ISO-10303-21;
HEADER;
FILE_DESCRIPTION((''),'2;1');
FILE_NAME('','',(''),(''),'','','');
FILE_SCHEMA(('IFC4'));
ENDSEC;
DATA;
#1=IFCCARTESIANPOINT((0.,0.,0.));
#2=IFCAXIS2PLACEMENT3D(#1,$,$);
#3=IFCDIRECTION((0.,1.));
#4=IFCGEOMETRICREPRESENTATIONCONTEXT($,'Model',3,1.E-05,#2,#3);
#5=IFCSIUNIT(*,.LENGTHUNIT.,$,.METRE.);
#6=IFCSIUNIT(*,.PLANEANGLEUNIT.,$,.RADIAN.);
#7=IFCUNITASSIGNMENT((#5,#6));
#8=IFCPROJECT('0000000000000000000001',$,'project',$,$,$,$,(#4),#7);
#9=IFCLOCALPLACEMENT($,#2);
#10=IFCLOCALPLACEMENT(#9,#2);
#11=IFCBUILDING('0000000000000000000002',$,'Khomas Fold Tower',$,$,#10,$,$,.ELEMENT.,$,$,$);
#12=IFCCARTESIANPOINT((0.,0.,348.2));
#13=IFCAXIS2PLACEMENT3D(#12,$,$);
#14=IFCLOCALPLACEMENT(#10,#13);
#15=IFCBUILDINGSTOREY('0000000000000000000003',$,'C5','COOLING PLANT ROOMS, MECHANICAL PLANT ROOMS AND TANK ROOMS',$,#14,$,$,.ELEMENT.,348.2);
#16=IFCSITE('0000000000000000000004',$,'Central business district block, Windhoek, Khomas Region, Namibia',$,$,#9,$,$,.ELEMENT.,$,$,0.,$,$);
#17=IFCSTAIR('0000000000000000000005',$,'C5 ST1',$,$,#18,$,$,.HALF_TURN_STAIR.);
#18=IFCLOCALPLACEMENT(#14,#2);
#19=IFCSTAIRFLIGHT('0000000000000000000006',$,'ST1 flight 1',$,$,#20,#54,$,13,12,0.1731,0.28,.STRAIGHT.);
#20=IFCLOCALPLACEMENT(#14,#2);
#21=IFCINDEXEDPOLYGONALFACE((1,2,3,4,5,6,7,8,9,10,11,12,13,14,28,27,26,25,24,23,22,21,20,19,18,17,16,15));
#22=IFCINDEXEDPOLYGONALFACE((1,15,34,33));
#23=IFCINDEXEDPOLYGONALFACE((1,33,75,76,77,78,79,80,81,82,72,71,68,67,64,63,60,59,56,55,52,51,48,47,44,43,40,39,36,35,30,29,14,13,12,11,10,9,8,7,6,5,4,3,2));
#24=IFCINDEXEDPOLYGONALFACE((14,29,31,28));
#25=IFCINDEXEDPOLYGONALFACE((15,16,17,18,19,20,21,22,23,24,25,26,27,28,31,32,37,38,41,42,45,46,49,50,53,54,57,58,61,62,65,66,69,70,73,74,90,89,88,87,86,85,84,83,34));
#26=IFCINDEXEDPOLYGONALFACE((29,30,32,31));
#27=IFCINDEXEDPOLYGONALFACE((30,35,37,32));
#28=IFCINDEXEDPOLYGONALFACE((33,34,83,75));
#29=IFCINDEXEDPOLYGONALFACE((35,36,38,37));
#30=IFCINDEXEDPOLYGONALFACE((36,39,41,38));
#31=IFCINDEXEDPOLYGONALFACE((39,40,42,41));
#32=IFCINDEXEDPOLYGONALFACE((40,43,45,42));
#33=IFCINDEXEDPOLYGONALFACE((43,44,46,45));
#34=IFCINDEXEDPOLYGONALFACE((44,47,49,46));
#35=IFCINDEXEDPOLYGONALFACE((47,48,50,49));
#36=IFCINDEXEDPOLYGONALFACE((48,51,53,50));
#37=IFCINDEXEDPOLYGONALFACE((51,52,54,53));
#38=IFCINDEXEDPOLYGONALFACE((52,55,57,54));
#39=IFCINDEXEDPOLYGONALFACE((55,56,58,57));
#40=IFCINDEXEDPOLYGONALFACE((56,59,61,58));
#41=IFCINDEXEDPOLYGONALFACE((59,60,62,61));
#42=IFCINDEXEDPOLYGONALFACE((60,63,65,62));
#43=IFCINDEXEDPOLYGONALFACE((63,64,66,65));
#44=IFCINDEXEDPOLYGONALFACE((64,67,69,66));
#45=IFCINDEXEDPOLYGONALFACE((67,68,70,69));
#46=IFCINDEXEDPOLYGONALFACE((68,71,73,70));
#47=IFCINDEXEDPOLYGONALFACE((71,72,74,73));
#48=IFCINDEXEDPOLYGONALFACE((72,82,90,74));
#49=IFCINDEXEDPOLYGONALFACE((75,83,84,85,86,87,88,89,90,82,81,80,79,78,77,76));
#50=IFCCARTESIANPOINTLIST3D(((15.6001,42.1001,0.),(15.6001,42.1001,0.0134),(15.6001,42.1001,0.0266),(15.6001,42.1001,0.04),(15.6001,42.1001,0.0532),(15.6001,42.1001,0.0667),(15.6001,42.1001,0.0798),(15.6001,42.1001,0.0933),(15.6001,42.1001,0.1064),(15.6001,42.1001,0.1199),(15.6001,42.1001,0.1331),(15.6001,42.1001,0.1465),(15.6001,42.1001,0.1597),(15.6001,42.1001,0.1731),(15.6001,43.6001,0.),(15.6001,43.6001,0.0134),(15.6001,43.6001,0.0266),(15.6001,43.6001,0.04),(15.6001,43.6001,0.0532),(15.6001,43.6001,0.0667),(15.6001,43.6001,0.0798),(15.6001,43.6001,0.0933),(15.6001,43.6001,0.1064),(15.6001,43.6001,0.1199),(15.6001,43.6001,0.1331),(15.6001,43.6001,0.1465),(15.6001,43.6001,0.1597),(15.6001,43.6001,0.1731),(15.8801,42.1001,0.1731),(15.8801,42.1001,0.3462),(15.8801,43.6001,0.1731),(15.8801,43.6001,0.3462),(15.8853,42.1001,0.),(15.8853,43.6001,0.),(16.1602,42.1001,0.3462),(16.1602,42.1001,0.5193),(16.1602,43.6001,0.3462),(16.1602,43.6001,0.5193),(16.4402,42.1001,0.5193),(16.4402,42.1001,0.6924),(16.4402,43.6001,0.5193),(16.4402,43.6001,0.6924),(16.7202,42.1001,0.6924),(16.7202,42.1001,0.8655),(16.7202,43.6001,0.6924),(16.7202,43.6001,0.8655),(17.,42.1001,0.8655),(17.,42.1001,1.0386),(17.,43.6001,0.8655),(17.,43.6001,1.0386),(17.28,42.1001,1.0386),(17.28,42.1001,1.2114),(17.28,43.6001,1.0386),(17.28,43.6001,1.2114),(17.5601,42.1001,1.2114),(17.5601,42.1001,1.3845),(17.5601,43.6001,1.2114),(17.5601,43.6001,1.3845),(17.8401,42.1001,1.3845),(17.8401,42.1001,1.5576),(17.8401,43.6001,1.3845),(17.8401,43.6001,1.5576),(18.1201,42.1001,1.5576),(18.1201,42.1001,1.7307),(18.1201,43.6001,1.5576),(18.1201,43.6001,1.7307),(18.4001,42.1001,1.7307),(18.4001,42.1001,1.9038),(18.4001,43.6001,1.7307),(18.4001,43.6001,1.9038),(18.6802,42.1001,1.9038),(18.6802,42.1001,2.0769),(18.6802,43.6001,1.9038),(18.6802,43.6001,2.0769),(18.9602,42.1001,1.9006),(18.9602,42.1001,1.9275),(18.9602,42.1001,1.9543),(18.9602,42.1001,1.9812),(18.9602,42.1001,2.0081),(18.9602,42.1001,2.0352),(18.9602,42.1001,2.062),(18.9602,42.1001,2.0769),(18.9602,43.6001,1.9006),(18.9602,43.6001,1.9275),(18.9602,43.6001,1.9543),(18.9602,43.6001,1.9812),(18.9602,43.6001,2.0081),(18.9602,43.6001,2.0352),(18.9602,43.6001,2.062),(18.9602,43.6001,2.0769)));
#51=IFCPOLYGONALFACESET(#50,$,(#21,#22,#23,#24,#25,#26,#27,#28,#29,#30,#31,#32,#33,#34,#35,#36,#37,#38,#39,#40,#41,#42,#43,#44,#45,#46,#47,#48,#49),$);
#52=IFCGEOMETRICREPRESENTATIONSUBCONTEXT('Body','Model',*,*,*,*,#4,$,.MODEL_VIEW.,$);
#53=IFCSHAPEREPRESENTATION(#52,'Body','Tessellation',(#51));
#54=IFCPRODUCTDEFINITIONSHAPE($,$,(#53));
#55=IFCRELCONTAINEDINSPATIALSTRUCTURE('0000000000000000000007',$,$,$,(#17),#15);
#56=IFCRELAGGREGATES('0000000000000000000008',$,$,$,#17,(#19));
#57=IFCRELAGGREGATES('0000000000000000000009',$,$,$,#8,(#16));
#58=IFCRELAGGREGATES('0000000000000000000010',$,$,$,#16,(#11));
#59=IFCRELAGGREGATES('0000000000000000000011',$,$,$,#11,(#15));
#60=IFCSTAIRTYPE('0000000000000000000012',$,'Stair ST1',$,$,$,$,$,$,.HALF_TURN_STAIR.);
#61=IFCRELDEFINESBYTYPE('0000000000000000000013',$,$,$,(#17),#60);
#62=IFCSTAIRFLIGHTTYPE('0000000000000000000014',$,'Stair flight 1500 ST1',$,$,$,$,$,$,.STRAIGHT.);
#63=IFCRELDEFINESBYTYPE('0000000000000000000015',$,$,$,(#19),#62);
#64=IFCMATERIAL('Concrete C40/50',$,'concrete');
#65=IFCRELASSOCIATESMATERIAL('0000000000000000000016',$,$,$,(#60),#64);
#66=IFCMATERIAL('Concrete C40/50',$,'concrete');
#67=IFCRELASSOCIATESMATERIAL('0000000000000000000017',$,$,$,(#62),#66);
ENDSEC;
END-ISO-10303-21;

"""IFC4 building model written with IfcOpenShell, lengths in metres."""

from ifc_helpers import new_model, si_unit, direction, frame, origin, place, context, subcontext, project, spatial, polyline, outline, extrude, source, transform, mapped, material, type_object, element, aggregate, save


model = new_model("IFC4")

# Units and contexts
model_context = context("Model", 3, precision=1e-05, world=origin(), true_north=direction((0.0, 1.0)))
body_context = subcontext(model_context, "Body", "Model", "MODEL_VIEW")
ifc_project = project(units=[si_unit("LENGTHUNIT", "METRE"), si_unit("PLANEANGLEUNIT", "RADIAN")], contexts=[model_context])

# Site, building, storey
site_placement = place(None, origin())
site = spatial("IfcSite", under=ifc_project, at=site_placement, Name="Central business district block, Windhoek, Khomas Region, Namibia", CompositionType="ELEMENT", RefElevation=0.0)
building_placement = place(site_placement, origin())
building = spatial("IfcBuilding", under=site, at=building_placement, Name="Khomas Fold Tower", CompositionType="ELEMENT")
storey_placement = place(building_placement, frame((0.0, 0.0, 348.2)))
storey = spatial("IfcBuildingStorey", under=building, at=storey_placement, Name="C5", Description="COOLING PLANT ROOMS, MECHANICAL PLANT ROOMS AND TANK ROOMS", CompositionType="ELEMENT", Elevation=348.2)

# Stair, stair flight
ifc_material_1 = material(Name="Concrete C40/50", Category="concrete")
stair_type = type_object("IfcStairType", Name="Stair ST1", PredefinedType="HALF_TURN_STAIR", material=ifc_material_1)
stair_placement = place(storey_placement, origin())
stair = element("IfcStair", 1, at=stair_placement, inside=storey, type_object=stair_type, Name="C5 ST1", PredefinedType="HALF_TURN_STAIR")
ifc_material_2 = material(Name="Concrete C40/50", Category="concrete")
stair_flight_type = type_object("IfcStairFlightType", Name="Stair flight 1500 ST1", PredefinedType="STRAIGHT", material=ifc_material_2)
shared_shape_1 = source(origin(), body_context, "Body", "SweptSolid", [
    extrude(outline(polyline([(0.0, 0.0), (0.0, 0.0134), (0.0, 0.0266), (0.0, 0.04), (0.0, 0.0532), (0.0, 0.0667), (0.0, 0.0798), (0.0, 0.0933), (0.0, 0.1064), (0.0, 0.1199), (0.0, 0.1331), (0.0, 0.1465), (0.0, 0.1597), (0.0, 0.1731), (0.28, 0.1731), (0.28, 0.3462), (0.5601, 0.3462), (0.5601, 0.5193), (0.8401, 0.5193), (0.8401, 0.6924), (1.1201, 0.6924), (1.1201, 0.8655), (1.3999, 0.8655), (1.3999, 1.0386), (1.6799, 1.0386), (1.6799, 1.2114), (1.96, 1.2114), (1.96, 1.3845), (2.24, 1.3845), (2.24, 1.5576), (2.52, 1.5576), (2.52, 1.7307), (2.8, 1.7307), (2.8, 1.9038), (3.0801, 1.9038), (3.0801, 2.0769), (3.3601, 2.0769), (3.3601, 2.25), (3.3601, 2.2231), (3.3601, 2.1963), (3.3601, 2.1694), (3.3601, 2.1426), (3.3601, 2.1157), (3.3601, 2.0889), (3.3601, 2.062), (3.3601, 2.0352), (3.3601, 2.0081), (3.3601, 1.9812), (3.3601, 1.9543), (3.3601, 1.9275), (3.3601, 1.9006), (0.2852, 0.0), (0.0, 0.0)])), frame((0.0, 0.75, 0.0), z_axis=(0.0, -1.0, 0.0), x_axis=(1.0, 0.0, 0.0)), (0.0, 0.0, 1.0), 1.5),
])
stair_flight_placement = place(storey_placement, frame((15.6001, 42.8501, 0.0), z_axis=(0.0, 0.0, 1.0), x_axis=(1.0, 0.0, 0.0)))
stair_flight = element("IfcStairFlight", 2, at=stair_flight_placement, type_object=stair_flight_type, Name="ST1 flight 1", NumberOfRisers=13, NumberOfTreads=12, PredefinedType="STRAIGHT", RiserHeight=0.1731, TreadLength=0.28, context=body_context, shape_type="MappedRepresentation", body=[
    mapped(shared_shape_1, transform((0.0, 0.0, 0.0))),
])
aggregate(stair, [stair_flight])

save(model, "model.ifc")
